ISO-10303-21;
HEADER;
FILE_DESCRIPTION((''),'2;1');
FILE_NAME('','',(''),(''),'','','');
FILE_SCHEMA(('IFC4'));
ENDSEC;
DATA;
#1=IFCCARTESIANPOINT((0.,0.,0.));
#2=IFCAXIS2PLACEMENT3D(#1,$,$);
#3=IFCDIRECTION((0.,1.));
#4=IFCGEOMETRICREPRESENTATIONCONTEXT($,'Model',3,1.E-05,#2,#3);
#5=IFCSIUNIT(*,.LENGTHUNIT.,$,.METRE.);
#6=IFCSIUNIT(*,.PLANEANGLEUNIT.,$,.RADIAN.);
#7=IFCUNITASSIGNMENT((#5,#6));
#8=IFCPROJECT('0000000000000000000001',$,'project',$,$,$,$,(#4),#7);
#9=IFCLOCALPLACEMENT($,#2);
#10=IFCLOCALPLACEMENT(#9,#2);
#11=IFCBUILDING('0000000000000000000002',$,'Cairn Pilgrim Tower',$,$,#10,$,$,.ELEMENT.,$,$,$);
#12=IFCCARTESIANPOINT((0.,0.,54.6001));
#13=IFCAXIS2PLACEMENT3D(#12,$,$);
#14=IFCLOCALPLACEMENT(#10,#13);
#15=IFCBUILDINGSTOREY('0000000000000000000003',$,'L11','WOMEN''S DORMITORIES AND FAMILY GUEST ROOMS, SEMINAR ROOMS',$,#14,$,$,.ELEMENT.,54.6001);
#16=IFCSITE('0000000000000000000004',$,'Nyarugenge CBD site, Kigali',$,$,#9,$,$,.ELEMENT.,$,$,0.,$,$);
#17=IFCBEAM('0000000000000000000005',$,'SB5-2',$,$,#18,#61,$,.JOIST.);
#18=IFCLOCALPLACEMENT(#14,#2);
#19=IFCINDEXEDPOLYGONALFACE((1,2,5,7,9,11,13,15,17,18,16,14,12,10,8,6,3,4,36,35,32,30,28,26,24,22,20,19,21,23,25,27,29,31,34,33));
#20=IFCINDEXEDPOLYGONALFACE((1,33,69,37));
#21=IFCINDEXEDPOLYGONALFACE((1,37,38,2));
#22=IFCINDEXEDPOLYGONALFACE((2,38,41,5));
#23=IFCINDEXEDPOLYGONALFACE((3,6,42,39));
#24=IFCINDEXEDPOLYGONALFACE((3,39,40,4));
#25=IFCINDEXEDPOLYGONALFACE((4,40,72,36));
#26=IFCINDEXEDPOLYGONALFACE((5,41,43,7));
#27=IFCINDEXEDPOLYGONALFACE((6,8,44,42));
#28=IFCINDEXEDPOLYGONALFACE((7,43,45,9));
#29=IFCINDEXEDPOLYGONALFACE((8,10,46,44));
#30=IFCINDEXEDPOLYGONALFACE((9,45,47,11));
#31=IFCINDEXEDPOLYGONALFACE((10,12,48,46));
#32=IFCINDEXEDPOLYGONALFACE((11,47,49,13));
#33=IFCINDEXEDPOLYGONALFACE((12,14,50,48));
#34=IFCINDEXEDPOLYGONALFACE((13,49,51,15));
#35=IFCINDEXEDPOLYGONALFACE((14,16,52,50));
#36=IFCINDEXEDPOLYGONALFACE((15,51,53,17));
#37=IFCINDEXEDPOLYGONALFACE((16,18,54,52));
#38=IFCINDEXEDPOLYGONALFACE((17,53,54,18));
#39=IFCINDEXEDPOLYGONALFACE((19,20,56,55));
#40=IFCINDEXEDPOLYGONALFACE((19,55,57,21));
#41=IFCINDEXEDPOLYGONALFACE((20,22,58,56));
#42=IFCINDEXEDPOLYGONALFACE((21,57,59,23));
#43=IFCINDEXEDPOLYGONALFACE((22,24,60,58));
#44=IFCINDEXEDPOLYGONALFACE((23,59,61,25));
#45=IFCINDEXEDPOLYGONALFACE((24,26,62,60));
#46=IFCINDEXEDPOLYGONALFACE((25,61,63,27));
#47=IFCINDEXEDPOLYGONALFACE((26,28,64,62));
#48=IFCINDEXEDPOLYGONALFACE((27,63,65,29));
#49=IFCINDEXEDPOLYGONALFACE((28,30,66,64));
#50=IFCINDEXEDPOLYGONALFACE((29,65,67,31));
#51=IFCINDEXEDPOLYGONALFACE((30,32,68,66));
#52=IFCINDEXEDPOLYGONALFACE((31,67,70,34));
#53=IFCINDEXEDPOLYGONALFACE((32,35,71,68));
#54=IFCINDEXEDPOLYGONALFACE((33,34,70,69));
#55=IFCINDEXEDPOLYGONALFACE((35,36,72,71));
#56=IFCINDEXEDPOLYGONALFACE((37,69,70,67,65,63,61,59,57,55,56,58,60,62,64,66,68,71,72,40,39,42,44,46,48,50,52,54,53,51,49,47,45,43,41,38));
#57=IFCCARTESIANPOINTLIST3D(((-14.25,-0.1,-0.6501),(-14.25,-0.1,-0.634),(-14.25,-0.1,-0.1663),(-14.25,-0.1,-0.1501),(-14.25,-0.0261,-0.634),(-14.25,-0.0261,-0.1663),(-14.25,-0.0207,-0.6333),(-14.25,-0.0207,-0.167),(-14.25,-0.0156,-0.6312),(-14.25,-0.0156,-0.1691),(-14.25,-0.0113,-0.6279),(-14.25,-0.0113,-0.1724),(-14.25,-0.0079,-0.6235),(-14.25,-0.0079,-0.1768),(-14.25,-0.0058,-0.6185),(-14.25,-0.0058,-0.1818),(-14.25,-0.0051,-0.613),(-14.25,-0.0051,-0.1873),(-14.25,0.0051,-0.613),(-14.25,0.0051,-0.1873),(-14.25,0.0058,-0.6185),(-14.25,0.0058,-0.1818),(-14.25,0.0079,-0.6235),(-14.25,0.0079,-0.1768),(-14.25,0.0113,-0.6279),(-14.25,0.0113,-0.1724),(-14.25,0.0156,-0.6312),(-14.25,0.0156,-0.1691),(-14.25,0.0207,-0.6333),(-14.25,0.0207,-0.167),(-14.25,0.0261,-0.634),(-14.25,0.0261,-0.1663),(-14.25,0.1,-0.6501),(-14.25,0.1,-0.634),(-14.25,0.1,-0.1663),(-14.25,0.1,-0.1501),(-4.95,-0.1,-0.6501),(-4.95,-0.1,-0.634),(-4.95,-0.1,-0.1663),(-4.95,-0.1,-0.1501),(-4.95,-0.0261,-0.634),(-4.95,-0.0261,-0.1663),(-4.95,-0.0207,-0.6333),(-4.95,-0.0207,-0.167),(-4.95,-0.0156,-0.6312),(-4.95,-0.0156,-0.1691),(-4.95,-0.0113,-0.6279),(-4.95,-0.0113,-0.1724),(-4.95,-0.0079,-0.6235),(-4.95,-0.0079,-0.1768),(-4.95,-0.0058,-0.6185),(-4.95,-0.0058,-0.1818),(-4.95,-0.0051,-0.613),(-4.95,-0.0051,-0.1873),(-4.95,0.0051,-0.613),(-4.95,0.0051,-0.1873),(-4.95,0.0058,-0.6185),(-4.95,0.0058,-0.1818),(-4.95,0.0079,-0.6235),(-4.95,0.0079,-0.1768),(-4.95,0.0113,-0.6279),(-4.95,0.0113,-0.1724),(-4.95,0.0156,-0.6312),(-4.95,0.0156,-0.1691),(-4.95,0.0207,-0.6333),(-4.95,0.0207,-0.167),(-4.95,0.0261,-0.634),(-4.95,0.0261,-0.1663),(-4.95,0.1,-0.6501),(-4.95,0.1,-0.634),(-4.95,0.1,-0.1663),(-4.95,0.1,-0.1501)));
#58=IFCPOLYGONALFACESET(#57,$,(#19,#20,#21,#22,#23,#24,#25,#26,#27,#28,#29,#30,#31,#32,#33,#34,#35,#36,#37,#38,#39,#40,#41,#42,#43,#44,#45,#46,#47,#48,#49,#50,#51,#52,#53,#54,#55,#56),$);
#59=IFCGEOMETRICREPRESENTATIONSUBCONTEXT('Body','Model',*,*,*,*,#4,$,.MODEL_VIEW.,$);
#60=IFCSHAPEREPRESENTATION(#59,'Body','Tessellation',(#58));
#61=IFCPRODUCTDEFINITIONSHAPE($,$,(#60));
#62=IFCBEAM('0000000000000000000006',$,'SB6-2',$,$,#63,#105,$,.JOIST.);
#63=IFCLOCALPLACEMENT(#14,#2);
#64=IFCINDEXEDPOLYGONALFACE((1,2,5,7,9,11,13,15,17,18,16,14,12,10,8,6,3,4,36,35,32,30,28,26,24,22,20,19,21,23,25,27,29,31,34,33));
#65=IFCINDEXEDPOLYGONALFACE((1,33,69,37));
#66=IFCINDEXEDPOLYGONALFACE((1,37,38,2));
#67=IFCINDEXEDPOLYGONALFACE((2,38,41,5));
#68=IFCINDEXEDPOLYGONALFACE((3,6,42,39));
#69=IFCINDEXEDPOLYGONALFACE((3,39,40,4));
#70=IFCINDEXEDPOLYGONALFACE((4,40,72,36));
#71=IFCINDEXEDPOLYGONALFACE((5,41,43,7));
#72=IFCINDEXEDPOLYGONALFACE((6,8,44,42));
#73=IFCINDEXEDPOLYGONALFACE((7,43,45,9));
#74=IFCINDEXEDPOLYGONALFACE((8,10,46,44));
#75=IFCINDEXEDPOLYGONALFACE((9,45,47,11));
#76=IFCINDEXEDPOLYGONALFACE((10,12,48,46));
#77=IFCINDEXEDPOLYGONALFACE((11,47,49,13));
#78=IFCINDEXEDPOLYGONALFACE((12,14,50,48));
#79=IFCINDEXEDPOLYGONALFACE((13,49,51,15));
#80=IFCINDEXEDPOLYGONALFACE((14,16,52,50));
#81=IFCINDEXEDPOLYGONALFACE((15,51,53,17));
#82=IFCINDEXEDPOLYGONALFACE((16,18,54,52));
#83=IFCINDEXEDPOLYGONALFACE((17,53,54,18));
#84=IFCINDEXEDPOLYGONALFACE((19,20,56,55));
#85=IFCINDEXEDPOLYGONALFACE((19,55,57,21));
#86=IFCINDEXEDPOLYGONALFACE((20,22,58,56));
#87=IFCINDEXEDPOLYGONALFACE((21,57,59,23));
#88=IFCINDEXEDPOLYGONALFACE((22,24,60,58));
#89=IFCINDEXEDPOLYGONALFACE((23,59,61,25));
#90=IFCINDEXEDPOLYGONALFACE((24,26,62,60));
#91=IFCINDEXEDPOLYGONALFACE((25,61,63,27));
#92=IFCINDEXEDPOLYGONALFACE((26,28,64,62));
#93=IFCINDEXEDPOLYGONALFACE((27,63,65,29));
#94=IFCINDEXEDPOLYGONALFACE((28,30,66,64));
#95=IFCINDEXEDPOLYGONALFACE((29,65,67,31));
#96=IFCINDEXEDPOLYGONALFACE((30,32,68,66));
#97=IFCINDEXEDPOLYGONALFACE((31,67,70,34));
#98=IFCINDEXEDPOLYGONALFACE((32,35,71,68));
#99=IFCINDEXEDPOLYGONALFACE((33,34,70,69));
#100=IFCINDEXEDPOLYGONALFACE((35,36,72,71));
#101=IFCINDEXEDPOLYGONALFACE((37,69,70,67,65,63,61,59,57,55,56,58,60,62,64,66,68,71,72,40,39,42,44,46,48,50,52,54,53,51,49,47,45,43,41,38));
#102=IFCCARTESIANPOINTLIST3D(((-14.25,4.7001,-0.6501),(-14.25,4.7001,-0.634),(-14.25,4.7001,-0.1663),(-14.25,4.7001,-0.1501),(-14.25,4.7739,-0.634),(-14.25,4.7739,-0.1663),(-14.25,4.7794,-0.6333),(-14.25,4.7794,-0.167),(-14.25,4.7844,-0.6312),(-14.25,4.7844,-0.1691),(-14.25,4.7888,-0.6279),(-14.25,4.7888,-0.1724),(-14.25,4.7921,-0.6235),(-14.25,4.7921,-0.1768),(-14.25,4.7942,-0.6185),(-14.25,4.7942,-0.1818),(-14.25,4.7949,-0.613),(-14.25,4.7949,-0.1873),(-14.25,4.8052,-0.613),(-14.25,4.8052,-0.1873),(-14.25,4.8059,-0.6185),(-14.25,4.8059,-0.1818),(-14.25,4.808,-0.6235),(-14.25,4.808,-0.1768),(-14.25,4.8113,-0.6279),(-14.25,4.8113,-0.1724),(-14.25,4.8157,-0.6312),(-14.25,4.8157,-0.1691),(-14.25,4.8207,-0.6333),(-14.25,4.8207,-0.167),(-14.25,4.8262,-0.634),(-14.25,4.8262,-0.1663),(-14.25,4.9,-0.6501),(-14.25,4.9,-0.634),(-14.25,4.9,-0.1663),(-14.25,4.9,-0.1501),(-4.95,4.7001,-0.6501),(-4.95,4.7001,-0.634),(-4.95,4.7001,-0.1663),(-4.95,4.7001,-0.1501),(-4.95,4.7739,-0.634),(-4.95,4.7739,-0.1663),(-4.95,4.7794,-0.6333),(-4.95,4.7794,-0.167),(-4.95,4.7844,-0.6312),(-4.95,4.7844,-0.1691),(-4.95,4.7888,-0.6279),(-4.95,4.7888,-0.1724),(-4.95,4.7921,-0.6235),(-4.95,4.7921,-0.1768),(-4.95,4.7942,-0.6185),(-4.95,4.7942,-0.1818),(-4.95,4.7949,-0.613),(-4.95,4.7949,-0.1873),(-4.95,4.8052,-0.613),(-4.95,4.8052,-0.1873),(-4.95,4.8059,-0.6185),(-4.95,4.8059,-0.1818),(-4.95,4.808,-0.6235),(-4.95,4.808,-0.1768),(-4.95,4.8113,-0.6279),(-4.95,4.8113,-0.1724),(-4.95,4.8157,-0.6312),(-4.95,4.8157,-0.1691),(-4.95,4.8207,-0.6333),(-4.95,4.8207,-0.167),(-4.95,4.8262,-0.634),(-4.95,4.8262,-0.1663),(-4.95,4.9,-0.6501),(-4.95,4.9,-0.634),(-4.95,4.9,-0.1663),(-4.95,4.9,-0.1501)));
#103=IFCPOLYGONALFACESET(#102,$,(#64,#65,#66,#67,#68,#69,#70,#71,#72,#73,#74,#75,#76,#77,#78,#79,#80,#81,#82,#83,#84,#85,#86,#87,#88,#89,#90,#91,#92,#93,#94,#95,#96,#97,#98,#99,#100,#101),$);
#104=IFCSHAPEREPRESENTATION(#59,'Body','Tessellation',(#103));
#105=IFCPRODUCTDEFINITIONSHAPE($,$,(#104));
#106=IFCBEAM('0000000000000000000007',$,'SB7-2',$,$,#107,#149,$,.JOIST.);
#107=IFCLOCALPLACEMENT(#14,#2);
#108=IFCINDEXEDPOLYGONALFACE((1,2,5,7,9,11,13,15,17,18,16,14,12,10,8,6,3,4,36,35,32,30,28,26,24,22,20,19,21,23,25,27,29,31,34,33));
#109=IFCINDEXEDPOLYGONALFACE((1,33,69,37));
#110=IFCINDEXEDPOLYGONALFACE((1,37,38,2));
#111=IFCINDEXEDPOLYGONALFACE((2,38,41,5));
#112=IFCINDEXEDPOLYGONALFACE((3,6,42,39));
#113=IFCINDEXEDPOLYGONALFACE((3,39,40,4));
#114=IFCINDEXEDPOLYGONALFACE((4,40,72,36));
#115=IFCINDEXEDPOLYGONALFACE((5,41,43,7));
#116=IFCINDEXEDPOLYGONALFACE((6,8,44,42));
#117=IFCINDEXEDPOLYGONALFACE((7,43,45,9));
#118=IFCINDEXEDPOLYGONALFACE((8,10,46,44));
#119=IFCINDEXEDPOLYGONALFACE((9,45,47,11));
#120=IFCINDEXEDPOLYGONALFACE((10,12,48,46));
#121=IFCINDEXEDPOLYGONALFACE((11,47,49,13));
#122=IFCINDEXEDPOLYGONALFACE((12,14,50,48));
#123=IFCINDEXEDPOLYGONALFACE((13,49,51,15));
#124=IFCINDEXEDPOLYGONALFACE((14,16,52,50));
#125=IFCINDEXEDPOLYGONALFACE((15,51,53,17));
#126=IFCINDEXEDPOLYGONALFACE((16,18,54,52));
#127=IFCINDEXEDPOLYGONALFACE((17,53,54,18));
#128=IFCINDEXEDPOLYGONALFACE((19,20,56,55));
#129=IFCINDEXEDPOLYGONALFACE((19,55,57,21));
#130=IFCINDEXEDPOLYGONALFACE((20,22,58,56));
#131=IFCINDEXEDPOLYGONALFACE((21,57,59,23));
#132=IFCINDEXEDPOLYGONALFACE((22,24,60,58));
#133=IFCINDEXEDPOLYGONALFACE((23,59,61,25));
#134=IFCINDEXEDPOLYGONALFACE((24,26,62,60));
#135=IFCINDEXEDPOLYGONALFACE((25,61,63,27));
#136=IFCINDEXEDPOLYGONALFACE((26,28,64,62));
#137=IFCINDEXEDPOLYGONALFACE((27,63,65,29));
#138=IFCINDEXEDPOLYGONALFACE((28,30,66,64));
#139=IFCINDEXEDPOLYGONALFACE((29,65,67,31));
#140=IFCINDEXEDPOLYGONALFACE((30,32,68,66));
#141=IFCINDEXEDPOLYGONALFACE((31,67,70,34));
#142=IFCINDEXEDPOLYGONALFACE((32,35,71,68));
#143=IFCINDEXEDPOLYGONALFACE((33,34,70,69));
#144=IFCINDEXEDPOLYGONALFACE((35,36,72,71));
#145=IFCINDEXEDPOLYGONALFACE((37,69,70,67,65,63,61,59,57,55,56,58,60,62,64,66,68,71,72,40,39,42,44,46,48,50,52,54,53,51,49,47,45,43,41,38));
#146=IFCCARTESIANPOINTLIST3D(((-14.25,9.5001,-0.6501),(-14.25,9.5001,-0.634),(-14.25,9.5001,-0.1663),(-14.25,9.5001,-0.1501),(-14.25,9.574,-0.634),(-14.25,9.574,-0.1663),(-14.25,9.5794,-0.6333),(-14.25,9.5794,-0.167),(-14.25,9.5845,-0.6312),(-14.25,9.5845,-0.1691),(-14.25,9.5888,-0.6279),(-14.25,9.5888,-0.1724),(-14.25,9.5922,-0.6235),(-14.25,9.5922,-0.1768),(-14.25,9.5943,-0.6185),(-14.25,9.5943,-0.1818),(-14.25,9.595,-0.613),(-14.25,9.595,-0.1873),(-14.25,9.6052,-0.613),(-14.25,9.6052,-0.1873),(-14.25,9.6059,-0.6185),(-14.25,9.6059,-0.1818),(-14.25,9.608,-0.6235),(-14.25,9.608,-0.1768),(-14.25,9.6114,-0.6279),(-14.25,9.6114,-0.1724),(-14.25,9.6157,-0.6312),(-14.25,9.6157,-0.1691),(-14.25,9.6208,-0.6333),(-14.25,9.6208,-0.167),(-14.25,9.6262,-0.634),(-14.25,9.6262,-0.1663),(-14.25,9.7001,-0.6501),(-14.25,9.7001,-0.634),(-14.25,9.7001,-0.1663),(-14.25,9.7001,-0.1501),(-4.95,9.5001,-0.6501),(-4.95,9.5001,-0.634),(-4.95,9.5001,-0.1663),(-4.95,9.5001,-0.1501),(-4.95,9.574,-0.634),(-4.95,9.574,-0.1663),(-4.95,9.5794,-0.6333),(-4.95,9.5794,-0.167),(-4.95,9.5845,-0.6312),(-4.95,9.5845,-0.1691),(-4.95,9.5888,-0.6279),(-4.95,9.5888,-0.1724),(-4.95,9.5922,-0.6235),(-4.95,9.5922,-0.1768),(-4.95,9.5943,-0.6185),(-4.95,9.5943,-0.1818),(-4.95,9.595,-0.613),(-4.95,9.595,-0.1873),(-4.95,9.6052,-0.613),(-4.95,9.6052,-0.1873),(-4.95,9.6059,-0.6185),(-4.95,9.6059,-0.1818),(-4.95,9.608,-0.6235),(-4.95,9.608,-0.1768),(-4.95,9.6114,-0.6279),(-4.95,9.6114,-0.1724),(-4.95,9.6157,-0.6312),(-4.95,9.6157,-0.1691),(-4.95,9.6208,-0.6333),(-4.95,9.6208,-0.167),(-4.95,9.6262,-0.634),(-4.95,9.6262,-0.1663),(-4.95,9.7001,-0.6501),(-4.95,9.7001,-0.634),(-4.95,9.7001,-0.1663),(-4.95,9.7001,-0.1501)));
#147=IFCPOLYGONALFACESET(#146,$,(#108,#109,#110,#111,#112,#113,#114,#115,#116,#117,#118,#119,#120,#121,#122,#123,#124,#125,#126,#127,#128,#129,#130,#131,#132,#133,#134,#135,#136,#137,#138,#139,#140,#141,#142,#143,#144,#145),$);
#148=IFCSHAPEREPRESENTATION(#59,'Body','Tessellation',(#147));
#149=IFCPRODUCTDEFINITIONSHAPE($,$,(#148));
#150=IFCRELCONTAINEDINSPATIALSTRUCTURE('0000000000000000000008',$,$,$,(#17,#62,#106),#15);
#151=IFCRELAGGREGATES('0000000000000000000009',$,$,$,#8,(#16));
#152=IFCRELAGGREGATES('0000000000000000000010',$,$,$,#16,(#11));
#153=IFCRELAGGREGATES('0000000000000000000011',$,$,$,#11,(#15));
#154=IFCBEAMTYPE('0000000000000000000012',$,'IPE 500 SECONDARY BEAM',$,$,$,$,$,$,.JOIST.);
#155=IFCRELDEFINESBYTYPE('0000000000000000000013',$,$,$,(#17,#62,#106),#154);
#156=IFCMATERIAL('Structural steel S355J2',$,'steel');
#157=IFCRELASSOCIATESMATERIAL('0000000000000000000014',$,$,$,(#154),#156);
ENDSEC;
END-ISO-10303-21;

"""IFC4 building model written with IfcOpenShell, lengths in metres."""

from ifc_helpers import new_model, si_unit, direction, frame, origin, origin_2d, place, context, subcontext, project, spatial, i_section, extrude, material, material_profile, profile_set, type_object, element, save


model = new_model("IFC4")

# Units and contexts
model_context = context("Model", 3, precision=1e-05, world=origin(), true_north=direction((0.0, 1.0)))
body_context = subcontext(model_context, "Body", "Model", "MODEL_VIEW")
ifc_project = project(units=[si_unit("LENGTHUNIT", "METRE"), si_unit("PLANEANGLEUNIT", "RADIAN")], contexts=[model_context])

# Site, building, storey
site_placement = place(None, origin())
site = spatial("IfcSite", under=ifc_project, at=site_placement, Name="Nyarugenge CBD site, Kigali", CompositionType="ELEMENT", RefElevation=0.0)
building_placement = place(site_placement, origin())
building = spatial("IfcBuilding", under=site, at=building_placement, Name="Cairn Pilgrim Tower", CompositionType="ELEMENT")
storey_placement = place(building_placement, frame((0.0, 0.0, 54.6001)))
storey = spatial("IfcBuildingStorey", under=building, at=storey_placement, Name="L11", Description="WOMEN'S DORMITORIES AND FAMILY GUEST ROOMS, SEMINAR ROOMS", CompositionType="ELEMENT", Elevation=54.6001)

# Beams
ifc_material_1 = material(Name="Structural steel S355J2", Category="steel")
ifc_material_profile_1 = material_profile(ifc_material_1, i_section(OverallWidth=0.2, OverallDepth=0.5, WebThickness=0.0103, FlangeThickness=0.0161, FilletRadius=0.021, at=origin_2d()), Name="IPE 500")
ifc_profile_set_1 = profile_set([ifc_material_profile_1], Name="Structural steel S355J2")
beam_type_1 = type_object("IfcBeamType", Name="IPE 500 SECONDARY BEAM", PredefinedType="JOIST", material=ifc_profile_set_1)
for number, where, z_axis, x_axis, name in (
    (1, (-14.25, 0.0, -0.4001), (1.0, 0.0, 0.0), (0.0, 1.0, 0.0), "SB5-2"),
    (2, (-14.25, 4.8, -0.4001), (1.0, 0.0, 0.0), (0.0, 1.0, 0.0), "SB6-2"),
    (3, (-14.25, 9.6001, -0.4001), (1.0, 0.0, 0.0), (0.0, 1.0, 0.0), "SB7-2"),
):
    element("IfcBeam", number, at=place(storey_placement, frame(where, z_axis=z_axis, x_axis=x_axis)), inside=storey, type_object=beam_type_1, Name=name, PredefinedType="JOIST", context=body_context, shape_type="SweptSolid", body=[
        extrude(i_section(OverallWidth=0.2, OverallDepth=0.5, WebThickness=0.0103, FlangeThickness=0.0161, FilletRadius=0.021, at=origin_2d()), origin(), (0.0, 0.0, 1.0), 9.3),
    ])

save(model, "model.ifc")
